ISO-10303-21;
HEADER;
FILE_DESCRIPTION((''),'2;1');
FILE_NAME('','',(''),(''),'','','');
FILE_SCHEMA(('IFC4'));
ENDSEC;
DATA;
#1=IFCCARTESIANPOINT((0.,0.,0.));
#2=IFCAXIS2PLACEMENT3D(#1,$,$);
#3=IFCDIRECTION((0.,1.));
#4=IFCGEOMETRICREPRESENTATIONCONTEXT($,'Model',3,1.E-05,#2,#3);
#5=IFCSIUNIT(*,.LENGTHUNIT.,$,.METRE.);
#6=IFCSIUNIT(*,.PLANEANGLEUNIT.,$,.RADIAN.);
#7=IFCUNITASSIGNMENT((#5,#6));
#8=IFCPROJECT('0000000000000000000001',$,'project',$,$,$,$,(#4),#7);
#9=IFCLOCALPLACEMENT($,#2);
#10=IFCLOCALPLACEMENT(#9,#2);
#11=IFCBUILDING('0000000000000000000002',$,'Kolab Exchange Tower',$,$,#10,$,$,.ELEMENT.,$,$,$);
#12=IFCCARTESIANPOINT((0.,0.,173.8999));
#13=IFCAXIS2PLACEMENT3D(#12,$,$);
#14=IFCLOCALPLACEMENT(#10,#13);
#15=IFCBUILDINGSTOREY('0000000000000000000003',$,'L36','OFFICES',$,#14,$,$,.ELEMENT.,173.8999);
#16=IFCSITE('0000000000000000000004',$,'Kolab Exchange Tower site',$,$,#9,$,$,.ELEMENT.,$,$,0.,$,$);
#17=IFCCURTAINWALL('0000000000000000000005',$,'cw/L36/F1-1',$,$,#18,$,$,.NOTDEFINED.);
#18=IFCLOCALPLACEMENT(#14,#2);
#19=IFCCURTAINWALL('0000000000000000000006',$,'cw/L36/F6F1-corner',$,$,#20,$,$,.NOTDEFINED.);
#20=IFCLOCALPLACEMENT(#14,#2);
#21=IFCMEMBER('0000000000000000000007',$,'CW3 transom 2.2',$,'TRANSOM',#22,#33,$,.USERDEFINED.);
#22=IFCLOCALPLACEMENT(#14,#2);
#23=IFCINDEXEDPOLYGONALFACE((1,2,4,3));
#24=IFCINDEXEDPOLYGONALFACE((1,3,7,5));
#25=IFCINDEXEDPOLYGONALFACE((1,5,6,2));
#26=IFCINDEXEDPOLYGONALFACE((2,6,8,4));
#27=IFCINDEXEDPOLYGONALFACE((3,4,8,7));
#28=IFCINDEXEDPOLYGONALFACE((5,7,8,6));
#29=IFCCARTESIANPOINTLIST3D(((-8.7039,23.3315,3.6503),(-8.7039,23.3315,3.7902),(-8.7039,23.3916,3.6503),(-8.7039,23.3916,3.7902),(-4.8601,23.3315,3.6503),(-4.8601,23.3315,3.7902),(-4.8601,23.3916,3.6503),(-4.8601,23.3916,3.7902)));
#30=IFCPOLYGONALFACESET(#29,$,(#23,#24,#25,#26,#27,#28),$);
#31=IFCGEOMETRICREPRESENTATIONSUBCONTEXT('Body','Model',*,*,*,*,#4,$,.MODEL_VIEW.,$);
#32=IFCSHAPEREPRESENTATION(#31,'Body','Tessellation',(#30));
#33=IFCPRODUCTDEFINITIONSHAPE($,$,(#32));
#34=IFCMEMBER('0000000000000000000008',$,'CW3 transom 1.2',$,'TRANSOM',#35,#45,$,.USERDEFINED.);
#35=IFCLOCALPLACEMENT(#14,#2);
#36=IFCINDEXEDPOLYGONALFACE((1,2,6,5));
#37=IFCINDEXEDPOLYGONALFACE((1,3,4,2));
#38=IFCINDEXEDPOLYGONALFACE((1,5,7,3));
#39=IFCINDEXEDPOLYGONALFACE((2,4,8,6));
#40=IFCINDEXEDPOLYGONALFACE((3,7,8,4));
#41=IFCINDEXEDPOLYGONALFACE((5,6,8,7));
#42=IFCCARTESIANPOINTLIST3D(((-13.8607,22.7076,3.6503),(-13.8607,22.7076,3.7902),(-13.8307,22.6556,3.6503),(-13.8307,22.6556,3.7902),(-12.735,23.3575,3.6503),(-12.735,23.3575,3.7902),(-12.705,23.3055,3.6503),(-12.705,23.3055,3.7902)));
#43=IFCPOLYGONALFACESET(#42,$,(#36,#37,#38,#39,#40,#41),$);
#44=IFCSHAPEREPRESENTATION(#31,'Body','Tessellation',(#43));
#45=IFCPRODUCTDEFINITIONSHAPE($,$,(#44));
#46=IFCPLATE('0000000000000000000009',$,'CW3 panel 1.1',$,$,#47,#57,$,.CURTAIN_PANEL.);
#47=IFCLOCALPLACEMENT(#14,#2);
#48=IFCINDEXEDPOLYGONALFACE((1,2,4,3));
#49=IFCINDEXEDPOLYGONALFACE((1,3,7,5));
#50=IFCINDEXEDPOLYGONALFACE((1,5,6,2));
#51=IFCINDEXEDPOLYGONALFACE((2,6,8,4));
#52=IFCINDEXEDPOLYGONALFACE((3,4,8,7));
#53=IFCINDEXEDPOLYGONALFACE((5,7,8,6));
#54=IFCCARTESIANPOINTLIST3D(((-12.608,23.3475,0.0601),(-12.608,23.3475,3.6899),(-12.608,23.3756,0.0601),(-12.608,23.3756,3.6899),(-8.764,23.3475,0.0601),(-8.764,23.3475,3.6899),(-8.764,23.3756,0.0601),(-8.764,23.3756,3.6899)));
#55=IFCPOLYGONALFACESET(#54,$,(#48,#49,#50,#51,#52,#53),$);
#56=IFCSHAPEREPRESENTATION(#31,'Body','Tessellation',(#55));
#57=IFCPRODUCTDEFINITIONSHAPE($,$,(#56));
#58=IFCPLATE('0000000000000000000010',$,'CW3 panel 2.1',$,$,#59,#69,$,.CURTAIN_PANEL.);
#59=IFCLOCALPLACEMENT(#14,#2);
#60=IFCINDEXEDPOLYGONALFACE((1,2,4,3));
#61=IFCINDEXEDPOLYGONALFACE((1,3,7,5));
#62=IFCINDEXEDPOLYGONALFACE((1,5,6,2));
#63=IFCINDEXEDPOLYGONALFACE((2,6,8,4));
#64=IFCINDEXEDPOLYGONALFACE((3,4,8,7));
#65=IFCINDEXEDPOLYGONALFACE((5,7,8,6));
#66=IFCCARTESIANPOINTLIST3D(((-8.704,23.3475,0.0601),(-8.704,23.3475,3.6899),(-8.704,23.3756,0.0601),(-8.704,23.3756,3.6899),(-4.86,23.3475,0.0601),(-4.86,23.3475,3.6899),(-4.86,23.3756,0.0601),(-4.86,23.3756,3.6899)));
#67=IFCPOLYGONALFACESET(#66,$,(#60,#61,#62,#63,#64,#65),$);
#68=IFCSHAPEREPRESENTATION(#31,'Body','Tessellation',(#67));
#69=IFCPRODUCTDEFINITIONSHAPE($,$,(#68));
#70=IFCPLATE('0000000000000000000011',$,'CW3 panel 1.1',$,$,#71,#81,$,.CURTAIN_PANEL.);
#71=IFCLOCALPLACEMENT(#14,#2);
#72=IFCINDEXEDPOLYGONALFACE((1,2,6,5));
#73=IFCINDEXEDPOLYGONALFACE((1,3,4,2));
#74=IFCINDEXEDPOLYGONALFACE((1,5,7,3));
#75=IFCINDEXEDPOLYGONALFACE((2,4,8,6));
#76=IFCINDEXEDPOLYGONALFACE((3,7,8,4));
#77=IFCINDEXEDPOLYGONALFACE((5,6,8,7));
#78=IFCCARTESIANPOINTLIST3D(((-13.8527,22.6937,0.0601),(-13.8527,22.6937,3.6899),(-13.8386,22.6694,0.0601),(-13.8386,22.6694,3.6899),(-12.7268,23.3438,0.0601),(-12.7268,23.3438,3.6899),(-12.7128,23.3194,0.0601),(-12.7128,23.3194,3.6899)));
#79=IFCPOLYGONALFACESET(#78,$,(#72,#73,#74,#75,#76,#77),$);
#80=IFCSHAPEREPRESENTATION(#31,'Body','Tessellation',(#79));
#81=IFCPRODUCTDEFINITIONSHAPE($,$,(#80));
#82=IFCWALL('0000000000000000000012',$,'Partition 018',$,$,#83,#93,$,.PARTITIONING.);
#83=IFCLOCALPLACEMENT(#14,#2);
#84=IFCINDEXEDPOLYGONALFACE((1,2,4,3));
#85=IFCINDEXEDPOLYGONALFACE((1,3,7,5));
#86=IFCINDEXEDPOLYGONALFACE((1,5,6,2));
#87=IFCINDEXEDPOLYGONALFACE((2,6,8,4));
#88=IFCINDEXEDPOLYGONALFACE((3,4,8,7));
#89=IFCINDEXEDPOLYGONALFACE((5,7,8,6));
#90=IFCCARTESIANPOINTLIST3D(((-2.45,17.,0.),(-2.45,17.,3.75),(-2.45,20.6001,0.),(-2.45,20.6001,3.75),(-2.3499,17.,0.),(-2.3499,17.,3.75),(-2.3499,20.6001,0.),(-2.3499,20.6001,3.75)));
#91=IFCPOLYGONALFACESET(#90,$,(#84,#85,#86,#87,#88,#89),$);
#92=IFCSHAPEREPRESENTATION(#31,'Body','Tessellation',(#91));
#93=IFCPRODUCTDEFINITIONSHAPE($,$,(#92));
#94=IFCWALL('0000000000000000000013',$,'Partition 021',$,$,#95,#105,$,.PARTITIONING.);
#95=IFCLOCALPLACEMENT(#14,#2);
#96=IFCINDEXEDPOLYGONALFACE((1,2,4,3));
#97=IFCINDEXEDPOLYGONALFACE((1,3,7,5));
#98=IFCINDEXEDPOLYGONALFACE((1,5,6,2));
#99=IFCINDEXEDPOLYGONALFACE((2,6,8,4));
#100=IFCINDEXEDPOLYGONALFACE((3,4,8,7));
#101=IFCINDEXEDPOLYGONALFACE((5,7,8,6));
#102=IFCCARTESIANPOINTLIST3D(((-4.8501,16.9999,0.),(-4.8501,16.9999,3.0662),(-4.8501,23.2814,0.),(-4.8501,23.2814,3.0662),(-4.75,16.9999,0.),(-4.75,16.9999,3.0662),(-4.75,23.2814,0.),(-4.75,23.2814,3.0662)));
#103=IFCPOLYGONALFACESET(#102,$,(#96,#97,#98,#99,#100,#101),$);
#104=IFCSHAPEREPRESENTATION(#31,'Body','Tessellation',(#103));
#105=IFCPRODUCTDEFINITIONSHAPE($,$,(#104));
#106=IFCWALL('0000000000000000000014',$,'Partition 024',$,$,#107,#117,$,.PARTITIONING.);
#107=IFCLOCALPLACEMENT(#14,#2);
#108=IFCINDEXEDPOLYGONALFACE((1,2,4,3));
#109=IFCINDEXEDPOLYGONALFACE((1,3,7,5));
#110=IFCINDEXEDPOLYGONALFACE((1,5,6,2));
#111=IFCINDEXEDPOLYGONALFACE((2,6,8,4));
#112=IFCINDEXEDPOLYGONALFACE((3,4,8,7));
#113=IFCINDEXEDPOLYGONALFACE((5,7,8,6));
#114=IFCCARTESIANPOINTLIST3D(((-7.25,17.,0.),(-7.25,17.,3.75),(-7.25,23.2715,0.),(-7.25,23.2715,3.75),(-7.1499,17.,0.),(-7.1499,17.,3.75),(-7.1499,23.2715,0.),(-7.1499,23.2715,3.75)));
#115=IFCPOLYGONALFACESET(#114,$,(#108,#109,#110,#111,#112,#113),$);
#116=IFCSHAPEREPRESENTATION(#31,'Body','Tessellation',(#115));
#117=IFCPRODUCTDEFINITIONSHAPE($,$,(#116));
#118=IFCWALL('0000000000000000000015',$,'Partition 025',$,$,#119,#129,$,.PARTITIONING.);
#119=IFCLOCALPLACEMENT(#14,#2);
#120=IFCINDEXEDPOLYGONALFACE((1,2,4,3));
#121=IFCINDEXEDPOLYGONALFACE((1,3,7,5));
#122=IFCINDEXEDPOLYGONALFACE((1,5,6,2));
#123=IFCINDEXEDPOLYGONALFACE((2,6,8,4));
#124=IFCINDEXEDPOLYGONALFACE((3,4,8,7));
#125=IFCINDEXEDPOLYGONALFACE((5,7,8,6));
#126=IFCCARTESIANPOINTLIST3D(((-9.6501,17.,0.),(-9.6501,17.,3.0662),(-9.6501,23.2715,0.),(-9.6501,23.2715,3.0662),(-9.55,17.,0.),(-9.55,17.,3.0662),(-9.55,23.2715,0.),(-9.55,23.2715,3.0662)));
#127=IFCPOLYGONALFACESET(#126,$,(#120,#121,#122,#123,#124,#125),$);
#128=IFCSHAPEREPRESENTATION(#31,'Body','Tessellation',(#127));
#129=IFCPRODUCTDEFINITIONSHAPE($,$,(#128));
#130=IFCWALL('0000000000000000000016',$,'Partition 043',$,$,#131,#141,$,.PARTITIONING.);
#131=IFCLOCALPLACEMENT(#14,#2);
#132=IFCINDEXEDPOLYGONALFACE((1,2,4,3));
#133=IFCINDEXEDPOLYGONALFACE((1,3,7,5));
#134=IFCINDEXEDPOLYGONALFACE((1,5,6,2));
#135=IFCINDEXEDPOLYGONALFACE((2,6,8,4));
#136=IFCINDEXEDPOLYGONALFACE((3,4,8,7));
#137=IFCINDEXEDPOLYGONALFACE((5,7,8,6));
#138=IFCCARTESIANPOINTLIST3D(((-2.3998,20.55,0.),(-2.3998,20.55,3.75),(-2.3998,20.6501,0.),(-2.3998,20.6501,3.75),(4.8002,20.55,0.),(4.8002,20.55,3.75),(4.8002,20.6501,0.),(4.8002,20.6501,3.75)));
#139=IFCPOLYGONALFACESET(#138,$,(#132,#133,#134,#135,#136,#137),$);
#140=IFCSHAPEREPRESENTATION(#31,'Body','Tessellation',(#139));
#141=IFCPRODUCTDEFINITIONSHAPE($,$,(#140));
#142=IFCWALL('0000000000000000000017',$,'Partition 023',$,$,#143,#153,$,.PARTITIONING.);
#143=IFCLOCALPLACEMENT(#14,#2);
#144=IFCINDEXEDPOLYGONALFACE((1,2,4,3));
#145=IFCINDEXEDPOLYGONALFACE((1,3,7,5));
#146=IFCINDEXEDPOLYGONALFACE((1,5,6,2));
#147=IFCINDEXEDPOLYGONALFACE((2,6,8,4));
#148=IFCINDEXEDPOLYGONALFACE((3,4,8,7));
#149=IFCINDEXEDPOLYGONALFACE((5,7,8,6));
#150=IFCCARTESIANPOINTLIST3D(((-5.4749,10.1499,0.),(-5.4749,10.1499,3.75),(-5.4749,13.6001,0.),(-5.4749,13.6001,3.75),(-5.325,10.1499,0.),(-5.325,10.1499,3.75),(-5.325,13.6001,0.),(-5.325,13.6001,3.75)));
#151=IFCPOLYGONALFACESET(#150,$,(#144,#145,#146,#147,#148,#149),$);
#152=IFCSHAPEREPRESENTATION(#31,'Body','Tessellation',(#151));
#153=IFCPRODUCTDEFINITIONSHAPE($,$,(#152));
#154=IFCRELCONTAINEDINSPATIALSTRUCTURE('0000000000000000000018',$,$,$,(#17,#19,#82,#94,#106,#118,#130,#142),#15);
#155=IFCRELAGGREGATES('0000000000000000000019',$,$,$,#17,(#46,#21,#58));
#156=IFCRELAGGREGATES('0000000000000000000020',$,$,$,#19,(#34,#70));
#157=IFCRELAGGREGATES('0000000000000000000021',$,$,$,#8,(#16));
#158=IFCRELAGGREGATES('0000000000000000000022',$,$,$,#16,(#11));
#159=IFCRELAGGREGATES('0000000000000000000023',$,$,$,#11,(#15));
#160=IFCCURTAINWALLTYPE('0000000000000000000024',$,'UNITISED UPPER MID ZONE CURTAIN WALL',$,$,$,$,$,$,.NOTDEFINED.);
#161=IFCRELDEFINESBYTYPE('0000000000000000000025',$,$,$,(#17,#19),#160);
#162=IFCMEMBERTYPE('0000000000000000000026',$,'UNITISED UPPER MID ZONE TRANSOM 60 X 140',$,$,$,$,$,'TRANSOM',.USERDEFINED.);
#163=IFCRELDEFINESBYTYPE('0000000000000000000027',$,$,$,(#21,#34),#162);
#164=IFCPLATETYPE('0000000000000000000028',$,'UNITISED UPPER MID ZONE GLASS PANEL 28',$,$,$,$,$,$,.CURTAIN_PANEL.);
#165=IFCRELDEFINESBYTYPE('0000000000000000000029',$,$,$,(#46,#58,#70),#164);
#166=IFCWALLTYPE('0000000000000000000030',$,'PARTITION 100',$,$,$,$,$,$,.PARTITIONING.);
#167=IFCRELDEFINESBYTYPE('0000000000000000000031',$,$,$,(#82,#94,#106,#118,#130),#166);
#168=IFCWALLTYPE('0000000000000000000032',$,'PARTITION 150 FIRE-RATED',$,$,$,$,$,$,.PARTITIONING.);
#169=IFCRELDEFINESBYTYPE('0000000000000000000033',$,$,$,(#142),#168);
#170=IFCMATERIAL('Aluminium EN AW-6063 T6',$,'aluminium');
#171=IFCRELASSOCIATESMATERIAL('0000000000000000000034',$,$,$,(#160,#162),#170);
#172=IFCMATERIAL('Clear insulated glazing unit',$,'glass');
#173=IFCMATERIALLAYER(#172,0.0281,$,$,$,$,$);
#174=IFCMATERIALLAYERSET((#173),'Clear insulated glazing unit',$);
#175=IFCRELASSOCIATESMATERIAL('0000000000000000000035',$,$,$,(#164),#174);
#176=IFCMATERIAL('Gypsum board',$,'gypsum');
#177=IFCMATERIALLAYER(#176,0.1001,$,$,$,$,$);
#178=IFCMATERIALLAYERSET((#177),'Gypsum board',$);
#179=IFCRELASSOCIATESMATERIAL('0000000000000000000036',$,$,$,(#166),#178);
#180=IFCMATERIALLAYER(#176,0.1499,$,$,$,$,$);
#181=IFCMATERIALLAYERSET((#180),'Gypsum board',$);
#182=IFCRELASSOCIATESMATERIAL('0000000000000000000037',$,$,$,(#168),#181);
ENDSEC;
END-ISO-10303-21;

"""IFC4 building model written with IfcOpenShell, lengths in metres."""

from ifc_helpers import new_model, si_unit, direction, frame, frame_2d, origin, origin_2d, place, context, subcontext, project, spatial, rectangle, extrude, material, layer, layer_set, material_profile, profile_set, type_object, element, aggregate, save


model = new_model("IFC4")

# Units and contexts
model_context = context("Model", 3, precision=1e-05, world=origin(), true_north=direction((0.0, 1.0)))
body_context = subcontext(model_context, "Body", "Model", "MODEL_VIEW")
ifc_project = project(units=[si_unit("LENGTHUNIT", "METRE"), si_unit("PLANEANGLEUNIT", "RADIAN")], contexts=[model_context])

# Site, building, storey
site_placement = place(None, origin())
site = spatial("IfcSite", under=ifc_project, at=site_placement, Name="Kolab Exchange Tower site", CompositionType="ELEMENT", RefElevation=0.0)
building_placement = place(site_placement, origin())
building = spatial("IfcBuilding", under=site, at=building_placement, Name="Kolab Exchange Tower", CompositionType="ELEMENT")
storey_placement = place(building_placement, frame((0.0, 0.0, 173.8999)))
storey = spatial("IfcBuildingStorey", under=building, at=storey_placement, Name="L36", Description="OFFICES", CompositionType="ELEMENT", Elevation=173.8999)

# Curtain wall
ifc_material_1 = material(Name="Aluminium EN AW-6063 T6", Category="aluminium")
curtain_wall_type = type_object("IfcCurtainWallType", Name="UNITISED UPPER MID ZONE CURTAIN WALL", PredefinedType="NOTDEFINED", material=ifc_material_1)
curtain_wall_1_placement = place(storey_placement, origin())
curtain_wall_1 = element("IfcCurtainWall", 1, at=curtain_wall_1_placement, inside=storey, type_object=curtain_wall_type, Name="cw/L36/F1-1", PredefinedType="NOTDEFINED")

# Curtain wall
curtain_wall_2_placement = place(storey_placement, origin())
curtain_wall_2 = element("IfcCurtainWall", 2, at=curtain_wall_2_placement, inside=storey, type_object=curtain_wall_type, Name="cw/L36/F6F1-corner", PredefinedType="NOTDEFINED")

# Members
ifc_material_profile_1 = material_profile(ifc_material_1, rectangle(XDim=0.0601, YDim=0.1399, at=origin_2d()), Name="RECT 60X140")
ifc_profile_set_1 = profile_set([ifc_material_profile_1], Name="Aluminium EN AW-6063 T6")
member_type_1 = type_object("IfcMemberType", Name="UNITISED UPPER MID ZONE TRANSOM 60 X 140", ElementType="TRANSOM", PredefinedType="USERDEFINED", material=ifc_profile_set_1)
member_1_placement = place(storey_placement, frame((-8.7039, 23.3616, 3.7202), z_axis=(1.0, 0.0, 0.0), x_axis=(0.0, 1.0, 0.0)))
member_1 = element("IfcMember", 3, at=member_1_placement, type_object=member_type_1, Name="CW3 transom 2.2", ObjectType="TRANSOM", PredefinedType="USERDEFINED", context=body_context, shape_type="SweptSolid", body=[
    extrude(rectangle(XDim=0.0601, YDim=0.1399, at=origin_2d()), origin(), (0.0, 0.0, 1.0), 3.8438),
])
member_2_placement = place(storey_placement, frame((-13.8457, 22.6816, 3.7202), z_axis=(0.866039, 0.499977, 0.0), x_axis=(-0.499977, 0.866039, 0.0)))
member_2 = element("IfcMember", 4, at=member_2_placement, type_object=member_type_1, Name="CW3 transom 1.2", ObjectType="TRANSOM", PredefinedType="USERDEFINED", context=body_context, shape_type="SweptSolid", body=[
    extrude(rectangle(XDim=0.0601, YDim=0.1399, at=origin_2d()), origin(), (0.0, 0.0, 1.0), 1.2998),
])

# Plates
ifc_material_2 = material(Name="Clear insulated glazing unit", Category="glass")
ifc_layer_1 = layer(ifc_material_2, 0.0281)
ifc_layer_set_1 = layer_set([ifc_layer_1], Name="Clear insulated glazing unit")
plate_type = type_object("IfcPlateType", Name="UNITISED UPPER MID ZONE GLASS PANEL 28", PredefinedType="CURTAIN_PANEL", material=ifc_layer_set_1)
plate_1_placement = place(storey_placement, frame((-10.686, 23.3616, 0.0601), z_axis=(0.0, 0.0, 1.0), x_axis=(1.0, 0.0, 0.0)))
plate_1 = element("IfcPlate", 5, at=plate_1_placement, type_object=plate_type, Name="CW3 panel 1.1", PredefinedType="CURTAIN_PANEL", context=body_context, shape_type="SweptSolid", body=[
    extrude(rectangle(XDim=3.844, YDim=0.0281, at=origin_2d()), origin(), (0.0, 0.0, 1.0), 3.6299),
])
plate_2_placement = place(storey_placement, frame((-6.782, 23.3616, 0.0601), z_axis=(0.0, 0.0, 1.0), x_axis=(1.0, 0.0, 0.0)))
plate_2 = element("IfcPlate", 6, at=plate_2_placement, type_object=plate_type, Name="CW3 panel 2.1", PredefinedType="CURTAIN_PANEL", context=body_context, shape_type="SweptSolid", body=[
    extrude(rectangle(XDim=3.844, YDim=0.0281, at=origin_2d()), origin(), (0.0, 0.0, 1.0), 3.6299),
])
aggregate(curtain_wall_1, [plate_1, member_1, plate_2])
plate_3_placement = place(storey_placement, frame((-13.2827, 23.0066, 0.0601), z_axis=(0.0, 0.0, 1.0), x_axis=(0.866025, 0.5, 0.0)))
plate_3 = element("IfcPlate", 7, at=plate_3_placement, type_object=plate_type, Name="CW3 panel 1.1", PredefinedType="CURTAIN_PANEL", context=body_context, shape_type="SweptSolid", body=[
    extrude(rectangle(XDim=1.3, YDim=0.0281, at=origin_2d()), origin(), (0.0, 0.0, 1.0), 3.6299),
])
aggregate(curtain_wall_2, [member_2, plate_3])

# Walls
ifc_material_3 = material(Name="Gypsum board", Category="gypsum")
ifc_layer_2 = layer(ifc_material_3, 0.1001)
ifc_layer_set_2 = layer_set([ifc_layer_2], Name="Gypsum board")
wall_type_1 = type_object("IfcWallType", Name="PARTITION 100", PredefinedType="PARTITIONING", material=ifc_layer_set_2)
wall_1_placement = place(storey_placement, frame((-2.3999, 17.0, 0.0), z_axis=(0.0, 0.0, 1.0), x_axis=(0.0, 1.0, 0.0)))
element("IfcWall", 8, at=wall_1_placement, inside=storey, type_object=wall_type_1, Name="Partition 018", PredefinedType="PARTITIONING", context=body_context, shape_type="SweptSolid", body=[
    extrude(rectangle(XDim=3.6001, YDim=0.1001, at=frame_2d((1.8, 0.0))), origin(), (0.0, 0.0, 1.0), 3.75),
])
wall_2_placement = place(storey_placement, frame((-4.8, 17.0, 0.0), z_axis=(0.0, 0.0, 1.0), x_axis=(0.0, 1.0, 0.0)))
element("IfcWall", 9, at=wall_2_placement, inside=storey, type_object=wall_type_1, Name="Partition 021", PredefinedType="PARTITIONING", context=body_context, shape_type="SweptSolid", body=[
    extrude(rectangle(XDim=6.2815, YDim=0.1001, at=frame_2d((3.1406, 0.0))), origin(), (0.0, 0.0, 1.0), 3.0662),
])
wall_3_placement = place(storey_placement, frame((-7.2, 17.0, 0.0), z_axis=(0.0, 0.0, 1.0), x_axis=(0.0, 1.0, 0.0)))
element("IfcWall", 10, at=wall_3_placement, inside=storey, type_object=wall_type_1, Name="Partition 024", PredefinedType="PARTITIONING", context=body_context, shape_type="SweptSolid", body=[
    extrude(rectangle(XDim=6.2715, YDim=0.1001, at=frame_2d((3.1357, 0.0))), origin(), (0.0, 0.0, 1.0), 3.75),
])
wall_4_placement = place(storey_placement, frame((-9.6001, 17.0, 0.0), z_axis=(0.0, 0.0, 1.0), x_axis=(0.0, 1.0, 0.0)))
element("IfcWall", 11, at=wall_4_placement, inside=storey, type_object=wall_type_1, Name="Partition 025", PredefinedType="PARTITIONING", context=body_context, shape_type="SweptSolid", body=[
    extrude(rectangle(XDim=6.2715, YDim=0.1001, at=frame_2d((3.1357, 0.0))), origin(), (0.0, 0.0, 1.0), 3.0662),
])
wall_5_placement = place(storey_placement, frame((-2.3999, 20.6001, 0.0), z_axis=(0.0, 0.0, 1.0), x_axis=(1.0, 0.0, 0.0)))
element("IfcWall", 12, at=wall_5_placement, inside=storey, type_object=wall_type_1, Name="Partition 043", PredefinedType="PARTITIONING", context=body_context, shape_type="SweptSolid", body=[
    extrude(rectangle(XDim=7.2, YDim=0.1001, at=frame_2d((3.6001, 0.0))), origin(), (0.0, 0.0, 1.0), 3.75),
])
ifc_layer_3 = layer(ifc_material_3, 0.1499)
ifc_layer_set_3 = layer_set([ifc_layer_3], Name="Gypsum board")
wall_type_2 = type_object("IfcWallType", Name="PARTITION 150 FIRE-RATED", PredefinedType="PARTITIONING", material=ifc_layer_set_3)
wall_6_placement = place(storey_placement, frame((-5.3999, 10.1499, 0.0), z_axis=(0.0, 0.0, 1.0), x_axis=(0.0, 1.0, 0.0)))
element("IfcWall", 13, at=wall_6_placement, inside=storey, type_object=wall_type_2, Name="Partition 023", PredefinedType="PARTITIONING", context=body_context, shape_type="SweptSolid", body=[
    extrude(rectangle(XDim=3.4502, YDim=0.1499, at=frame_2d((1.7251, 0.0))), origin(), (0.0, 0.0, 1.0), 3.75),
])

save(model, "model.ifc")
